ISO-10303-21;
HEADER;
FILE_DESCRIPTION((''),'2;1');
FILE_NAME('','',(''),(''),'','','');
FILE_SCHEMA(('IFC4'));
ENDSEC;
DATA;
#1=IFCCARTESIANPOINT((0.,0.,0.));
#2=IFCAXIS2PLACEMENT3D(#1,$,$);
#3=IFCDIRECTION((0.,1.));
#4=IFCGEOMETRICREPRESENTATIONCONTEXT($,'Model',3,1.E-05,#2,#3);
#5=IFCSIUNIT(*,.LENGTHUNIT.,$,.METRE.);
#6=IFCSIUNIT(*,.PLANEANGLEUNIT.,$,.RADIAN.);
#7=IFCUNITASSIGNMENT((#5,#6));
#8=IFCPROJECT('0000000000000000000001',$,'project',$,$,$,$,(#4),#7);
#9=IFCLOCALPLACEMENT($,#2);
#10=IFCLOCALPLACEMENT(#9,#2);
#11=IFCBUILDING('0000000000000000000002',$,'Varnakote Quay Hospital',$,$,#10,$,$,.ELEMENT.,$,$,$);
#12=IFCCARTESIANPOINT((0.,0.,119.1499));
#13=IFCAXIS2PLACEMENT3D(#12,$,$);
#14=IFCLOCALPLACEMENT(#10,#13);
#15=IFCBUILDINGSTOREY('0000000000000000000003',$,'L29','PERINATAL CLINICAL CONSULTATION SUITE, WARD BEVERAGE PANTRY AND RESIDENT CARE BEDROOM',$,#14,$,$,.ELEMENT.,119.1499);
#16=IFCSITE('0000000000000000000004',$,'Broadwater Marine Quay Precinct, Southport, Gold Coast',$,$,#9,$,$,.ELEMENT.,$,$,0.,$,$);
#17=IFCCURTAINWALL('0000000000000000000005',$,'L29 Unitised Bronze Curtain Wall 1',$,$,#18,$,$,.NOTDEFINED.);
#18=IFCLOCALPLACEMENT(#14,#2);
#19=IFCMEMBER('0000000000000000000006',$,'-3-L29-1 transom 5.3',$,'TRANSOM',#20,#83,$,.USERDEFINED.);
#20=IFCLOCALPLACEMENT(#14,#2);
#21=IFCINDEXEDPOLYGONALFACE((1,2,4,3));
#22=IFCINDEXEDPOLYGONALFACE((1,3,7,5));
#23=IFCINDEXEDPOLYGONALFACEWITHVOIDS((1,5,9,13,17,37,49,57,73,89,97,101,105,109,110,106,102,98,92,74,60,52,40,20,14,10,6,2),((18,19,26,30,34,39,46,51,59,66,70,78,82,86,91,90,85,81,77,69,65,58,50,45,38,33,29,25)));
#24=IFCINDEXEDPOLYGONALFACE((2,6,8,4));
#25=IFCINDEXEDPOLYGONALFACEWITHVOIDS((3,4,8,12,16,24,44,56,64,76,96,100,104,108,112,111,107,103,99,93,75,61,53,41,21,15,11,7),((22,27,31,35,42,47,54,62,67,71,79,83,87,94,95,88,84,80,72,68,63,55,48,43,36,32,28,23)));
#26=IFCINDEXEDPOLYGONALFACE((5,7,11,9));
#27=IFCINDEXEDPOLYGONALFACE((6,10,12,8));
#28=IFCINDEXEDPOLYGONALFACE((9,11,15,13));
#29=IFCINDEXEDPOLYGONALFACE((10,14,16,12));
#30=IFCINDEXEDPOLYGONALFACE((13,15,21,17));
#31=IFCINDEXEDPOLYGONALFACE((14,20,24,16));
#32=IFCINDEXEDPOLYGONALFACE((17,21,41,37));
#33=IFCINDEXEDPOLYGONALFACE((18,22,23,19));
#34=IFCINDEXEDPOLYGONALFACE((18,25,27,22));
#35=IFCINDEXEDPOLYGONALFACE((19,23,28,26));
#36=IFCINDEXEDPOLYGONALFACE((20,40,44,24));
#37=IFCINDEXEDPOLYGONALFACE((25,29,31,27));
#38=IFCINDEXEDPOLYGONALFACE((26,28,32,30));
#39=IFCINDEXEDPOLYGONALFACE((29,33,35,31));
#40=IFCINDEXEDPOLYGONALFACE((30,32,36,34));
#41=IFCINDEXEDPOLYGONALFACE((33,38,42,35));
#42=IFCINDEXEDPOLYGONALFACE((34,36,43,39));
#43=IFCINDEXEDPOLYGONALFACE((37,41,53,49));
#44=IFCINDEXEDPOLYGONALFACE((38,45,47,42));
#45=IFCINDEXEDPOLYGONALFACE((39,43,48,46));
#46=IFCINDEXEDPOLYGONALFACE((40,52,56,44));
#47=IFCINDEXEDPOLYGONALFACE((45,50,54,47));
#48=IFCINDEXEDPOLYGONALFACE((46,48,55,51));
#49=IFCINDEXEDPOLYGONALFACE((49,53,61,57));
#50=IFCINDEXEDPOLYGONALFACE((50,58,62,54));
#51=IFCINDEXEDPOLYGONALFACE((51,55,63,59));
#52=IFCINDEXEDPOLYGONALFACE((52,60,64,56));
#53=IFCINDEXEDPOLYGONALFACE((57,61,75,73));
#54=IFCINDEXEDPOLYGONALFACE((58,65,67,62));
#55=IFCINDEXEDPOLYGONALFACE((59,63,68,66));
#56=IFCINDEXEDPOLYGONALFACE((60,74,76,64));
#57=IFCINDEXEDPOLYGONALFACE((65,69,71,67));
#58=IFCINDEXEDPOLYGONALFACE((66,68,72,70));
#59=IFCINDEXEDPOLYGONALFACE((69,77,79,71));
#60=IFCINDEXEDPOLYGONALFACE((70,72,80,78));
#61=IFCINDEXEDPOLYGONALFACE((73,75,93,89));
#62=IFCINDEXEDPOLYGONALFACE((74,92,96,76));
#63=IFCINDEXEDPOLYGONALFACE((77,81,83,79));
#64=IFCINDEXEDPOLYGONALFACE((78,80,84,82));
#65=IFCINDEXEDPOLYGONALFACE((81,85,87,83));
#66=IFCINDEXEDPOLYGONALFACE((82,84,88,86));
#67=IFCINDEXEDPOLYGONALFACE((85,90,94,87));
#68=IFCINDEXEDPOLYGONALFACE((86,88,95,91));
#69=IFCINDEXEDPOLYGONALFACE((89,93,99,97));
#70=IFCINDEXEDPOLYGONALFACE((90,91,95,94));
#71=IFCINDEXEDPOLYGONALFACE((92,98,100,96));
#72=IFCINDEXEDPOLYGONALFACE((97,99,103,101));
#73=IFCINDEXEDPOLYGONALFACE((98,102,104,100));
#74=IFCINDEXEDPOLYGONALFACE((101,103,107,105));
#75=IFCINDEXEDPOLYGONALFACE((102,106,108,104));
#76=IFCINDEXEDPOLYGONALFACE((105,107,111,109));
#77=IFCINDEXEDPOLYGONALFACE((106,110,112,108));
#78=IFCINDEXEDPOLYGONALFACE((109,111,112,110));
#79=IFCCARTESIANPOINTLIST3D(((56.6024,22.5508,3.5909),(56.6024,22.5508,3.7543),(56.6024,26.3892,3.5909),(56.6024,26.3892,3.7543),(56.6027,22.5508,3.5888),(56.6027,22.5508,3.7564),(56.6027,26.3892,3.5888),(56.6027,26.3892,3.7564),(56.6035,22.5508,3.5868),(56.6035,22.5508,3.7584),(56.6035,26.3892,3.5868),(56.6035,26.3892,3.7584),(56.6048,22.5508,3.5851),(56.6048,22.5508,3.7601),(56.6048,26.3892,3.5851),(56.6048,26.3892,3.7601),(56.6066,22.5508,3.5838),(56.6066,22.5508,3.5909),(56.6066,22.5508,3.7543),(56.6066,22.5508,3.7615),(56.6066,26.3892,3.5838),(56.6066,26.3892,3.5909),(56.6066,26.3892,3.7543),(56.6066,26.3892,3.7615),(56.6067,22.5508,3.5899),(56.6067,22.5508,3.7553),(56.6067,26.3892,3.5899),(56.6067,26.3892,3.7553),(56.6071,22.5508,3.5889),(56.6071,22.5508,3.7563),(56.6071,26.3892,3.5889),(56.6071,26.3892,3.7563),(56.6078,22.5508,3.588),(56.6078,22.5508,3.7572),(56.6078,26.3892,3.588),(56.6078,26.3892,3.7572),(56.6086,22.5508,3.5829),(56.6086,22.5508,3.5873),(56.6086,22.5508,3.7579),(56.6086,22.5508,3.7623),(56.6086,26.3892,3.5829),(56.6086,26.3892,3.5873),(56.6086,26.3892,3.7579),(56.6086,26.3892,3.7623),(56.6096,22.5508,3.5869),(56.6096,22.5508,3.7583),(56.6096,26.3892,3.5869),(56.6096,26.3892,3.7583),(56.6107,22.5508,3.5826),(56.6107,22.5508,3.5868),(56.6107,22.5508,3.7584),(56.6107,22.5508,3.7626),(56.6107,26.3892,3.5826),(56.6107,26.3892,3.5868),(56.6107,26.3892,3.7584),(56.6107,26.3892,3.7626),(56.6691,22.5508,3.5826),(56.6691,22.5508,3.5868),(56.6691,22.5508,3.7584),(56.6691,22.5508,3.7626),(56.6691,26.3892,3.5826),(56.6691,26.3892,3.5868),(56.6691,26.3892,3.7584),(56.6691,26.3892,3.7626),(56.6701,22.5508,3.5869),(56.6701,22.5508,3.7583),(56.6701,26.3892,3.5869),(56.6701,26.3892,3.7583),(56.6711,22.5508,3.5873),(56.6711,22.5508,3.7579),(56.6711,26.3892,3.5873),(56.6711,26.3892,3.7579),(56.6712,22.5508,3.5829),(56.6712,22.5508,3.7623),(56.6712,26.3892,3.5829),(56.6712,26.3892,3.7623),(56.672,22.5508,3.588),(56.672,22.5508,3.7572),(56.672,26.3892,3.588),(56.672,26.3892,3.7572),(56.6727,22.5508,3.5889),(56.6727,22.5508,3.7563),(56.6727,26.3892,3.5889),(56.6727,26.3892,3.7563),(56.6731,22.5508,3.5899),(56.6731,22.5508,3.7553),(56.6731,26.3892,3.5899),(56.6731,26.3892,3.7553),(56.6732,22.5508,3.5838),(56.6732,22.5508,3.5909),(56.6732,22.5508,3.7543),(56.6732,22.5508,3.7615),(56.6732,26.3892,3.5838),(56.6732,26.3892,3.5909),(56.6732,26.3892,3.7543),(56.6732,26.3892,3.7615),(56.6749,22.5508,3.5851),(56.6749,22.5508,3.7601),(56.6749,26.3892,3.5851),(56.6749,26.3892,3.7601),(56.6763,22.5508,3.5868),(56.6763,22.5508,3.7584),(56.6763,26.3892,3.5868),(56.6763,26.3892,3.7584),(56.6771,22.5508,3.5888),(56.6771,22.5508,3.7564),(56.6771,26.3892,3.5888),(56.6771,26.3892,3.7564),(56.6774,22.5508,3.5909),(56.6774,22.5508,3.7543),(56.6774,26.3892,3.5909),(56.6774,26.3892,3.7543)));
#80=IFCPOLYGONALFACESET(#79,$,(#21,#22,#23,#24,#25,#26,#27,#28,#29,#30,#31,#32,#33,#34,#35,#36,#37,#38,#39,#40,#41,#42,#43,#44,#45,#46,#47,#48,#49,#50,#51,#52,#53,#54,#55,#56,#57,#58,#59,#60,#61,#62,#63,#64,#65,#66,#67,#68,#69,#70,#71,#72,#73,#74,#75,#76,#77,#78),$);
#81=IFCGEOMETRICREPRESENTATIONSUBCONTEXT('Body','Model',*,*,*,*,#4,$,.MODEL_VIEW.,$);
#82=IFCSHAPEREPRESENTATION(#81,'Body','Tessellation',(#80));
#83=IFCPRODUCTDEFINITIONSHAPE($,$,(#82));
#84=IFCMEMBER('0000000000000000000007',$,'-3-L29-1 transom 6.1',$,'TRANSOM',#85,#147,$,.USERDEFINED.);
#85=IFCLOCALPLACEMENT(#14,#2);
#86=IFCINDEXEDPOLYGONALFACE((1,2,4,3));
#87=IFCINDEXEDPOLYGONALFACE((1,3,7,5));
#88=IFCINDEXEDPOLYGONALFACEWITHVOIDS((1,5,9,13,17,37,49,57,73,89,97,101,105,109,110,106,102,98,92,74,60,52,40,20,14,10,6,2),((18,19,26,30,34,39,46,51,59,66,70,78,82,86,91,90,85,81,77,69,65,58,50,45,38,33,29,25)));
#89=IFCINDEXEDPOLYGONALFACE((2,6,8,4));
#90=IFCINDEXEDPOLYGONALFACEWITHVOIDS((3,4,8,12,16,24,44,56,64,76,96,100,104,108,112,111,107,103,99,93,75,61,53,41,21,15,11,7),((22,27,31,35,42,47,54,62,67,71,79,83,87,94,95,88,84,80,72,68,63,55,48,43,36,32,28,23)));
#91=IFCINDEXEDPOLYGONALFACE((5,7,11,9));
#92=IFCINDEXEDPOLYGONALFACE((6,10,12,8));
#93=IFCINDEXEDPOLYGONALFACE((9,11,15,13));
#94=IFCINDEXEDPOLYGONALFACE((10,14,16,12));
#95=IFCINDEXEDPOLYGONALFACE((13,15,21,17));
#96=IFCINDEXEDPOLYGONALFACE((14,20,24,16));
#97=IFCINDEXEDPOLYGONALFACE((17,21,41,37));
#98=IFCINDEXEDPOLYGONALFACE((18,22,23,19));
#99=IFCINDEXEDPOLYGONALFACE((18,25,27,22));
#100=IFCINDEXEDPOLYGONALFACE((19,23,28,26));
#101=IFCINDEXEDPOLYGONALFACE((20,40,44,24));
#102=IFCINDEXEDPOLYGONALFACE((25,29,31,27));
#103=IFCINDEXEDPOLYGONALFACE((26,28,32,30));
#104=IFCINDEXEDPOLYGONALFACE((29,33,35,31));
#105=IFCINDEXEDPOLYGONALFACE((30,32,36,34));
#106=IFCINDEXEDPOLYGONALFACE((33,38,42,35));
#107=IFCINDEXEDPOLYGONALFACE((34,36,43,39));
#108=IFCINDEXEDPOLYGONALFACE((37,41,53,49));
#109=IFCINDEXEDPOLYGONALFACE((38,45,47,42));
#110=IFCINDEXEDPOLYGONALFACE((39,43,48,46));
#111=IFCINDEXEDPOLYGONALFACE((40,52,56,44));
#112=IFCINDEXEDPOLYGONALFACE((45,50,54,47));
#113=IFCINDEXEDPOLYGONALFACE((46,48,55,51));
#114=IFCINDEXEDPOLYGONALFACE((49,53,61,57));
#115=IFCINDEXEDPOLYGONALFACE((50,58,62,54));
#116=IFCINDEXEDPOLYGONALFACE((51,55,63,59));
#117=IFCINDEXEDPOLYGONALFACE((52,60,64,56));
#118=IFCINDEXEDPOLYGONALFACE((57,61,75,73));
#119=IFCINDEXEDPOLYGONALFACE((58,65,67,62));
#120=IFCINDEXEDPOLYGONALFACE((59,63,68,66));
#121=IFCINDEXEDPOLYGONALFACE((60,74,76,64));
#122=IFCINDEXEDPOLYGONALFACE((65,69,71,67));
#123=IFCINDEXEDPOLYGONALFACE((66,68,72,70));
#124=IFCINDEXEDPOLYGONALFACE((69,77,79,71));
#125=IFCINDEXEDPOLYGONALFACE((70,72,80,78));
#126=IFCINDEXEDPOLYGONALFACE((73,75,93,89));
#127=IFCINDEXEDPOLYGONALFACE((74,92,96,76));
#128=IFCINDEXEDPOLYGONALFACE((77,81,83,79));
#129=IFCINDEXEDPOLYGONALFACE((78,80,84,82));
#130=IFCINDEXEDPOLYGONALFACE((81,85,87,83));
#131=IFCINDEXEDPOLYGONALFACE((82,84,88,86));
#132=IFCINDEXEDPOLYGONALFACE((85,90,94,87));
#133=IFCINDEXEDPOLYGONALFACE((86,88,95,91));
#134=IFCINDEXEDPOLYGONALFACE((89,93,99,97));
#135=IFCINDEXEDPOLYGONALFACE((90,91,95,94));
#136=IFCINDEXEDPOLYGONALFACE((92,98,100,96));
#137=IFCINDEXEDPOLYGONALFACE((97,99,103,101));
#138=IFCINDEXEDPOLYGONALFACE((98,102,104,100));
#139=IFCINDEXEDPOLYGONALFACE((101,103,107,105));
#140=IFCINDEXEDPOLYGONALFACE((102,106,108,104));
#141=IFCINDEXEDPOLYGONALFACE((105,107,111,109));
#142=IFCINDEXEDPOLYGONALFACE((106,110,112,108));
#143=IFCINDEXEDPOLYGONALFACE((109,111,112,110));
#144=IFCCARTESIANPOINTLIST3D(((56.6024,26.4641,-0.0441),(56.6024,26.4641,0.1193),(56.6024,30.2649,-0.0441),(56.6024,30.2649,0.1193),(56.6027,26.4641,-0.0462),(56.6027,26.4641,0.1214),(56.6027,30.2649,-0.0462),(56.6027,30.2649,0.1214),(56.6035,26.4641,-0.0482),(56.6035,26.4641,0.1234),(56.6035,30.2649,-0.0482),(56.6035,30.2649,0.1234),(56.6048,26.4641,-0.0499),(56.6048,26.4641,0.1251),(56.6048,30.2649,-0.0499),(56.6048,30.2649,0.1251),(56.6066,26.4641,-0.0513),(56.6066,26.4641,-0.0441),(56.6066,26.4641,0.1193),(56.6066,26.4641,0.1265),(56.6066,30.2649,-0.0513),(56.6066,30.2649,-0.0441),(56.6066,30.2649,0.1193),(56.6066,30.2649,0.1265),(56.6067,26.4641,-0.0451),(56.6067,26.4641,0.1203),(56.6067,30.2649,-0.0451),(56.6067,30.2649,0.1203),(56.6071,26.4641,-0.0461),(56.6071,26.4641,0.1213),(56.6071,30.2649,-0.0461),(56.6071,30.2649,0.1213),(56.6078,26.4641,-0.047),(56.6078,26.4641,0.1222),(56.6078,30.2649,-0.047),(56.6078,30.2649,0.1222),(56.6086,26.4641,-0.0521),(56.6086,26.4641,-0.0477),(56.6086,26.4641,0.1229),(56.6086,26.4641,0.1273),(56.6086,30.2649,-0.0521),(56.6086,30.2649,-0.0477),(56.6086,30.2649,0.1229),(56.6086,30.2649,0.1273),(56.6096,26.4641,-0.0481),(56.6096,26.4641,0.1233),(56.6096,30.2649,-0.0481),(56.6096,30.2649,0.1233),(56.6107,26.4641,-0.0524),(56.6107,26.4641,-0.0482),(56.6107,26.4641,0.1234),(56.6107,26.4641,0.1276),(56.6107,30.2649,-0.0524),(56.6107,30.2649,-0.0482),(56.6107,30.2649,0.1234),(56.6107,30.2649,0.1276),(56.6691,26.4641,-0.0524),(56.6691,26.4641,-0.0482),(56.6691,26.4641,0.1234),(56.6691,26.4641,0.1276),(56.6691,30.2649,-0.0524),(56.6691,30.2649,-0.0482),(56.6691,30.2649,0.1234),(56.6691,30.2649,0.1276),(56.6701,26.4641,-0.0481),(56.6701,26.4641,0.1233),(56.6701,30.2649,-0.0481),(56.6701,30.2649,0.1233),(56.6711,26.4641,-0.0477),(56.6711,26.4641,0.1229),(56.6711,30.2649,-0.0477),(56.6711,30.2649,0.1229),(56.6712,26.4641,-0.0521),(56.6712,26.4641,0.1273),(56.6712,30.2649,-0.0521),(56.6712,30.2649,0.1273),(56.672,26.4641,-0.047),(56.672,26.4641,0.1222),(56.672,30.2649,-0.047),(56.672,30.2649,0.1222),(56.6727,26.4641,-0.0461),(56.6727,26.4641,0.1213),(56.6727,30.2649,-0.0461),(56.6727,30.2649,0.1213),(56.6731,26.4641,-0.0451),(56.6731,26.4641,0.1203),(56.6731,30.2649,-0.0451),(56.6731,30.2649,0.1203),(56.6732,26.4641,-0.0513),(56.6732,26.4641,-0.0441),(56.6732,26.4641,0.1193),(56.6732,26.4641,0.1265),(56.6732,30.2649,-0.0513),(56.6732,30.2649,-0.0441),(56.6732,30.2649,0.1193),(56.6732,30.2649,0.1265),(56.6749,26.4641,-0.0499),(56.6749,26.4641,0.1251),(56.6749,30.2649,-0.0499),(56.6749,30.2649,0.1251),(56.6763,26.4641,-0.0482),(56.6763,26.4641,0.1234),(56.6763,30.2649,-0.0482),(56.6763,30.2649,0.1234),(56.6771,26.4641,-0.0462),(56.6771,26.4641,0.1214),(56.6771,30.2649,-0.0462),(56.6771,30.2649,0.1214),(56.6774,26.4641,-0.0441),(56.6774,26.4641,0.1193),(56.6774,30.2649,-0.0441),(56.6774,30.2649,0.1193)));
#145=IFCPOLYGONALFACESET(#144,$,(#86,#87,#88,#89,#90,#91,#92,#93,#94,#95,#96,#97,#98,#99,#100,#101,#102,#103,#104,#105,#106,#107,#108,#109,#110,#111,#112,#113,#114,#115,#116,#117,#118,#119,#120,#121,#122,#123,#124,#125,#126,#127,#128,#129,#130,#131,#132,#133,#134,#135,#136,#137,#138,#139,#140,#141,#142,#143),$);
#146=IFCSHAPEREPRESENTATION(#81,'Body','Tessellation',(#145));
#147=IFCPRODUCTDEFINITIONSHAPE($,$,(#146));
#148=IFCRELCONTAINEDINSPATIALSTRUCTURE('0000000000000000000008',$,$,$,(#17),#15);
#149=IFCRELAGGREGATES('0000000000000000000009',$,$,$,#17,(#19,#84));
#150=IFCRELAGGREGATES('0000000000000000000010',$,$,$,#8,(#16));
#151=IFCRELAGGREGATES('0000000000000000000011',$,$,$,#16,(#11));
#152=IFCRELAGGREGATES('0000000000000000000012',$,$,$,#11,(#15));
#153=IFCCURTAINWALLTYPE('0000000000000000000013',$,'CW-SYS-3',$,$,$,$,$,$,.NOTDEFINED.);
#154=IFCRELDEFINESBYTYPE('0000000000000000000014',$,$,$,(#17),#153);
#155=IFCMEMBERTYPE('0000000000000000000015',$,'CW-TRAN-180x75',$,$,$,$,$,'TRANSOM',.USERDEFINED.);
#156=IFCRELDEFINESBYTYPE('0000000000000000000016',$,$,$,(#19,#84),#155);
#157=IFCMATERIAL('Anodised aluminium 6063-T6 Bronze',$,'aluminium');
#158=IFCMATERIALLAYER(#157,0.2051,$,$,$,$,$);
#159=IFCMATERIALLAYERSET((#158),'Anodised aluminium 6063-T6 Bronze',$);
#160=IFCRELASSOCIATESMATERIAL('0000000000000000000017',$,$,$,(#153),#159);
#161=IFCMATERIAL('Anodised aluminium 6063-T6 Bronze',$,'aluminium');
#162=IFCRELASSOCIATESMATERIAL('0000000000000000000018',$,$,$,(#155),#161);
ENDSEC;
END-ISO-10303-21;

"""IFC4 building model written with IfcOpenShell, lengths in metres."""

from ifc_helpers import new_model, si_unit, direction, frame, origin, origin_2d, place, context, subcontext, project, spatial, hollow_rectangle, extrude, material, layer, layer_set, material_profile, profile_set, type_object, element, aggregate, save


model = new_model("IFC4")

# Units and contexts
model_context = context("Model", 3, precision=1e-05, world=origin(), true_north=direction((0.0, 1.0)))
body_context = subcontext(model_context, "Body", "Model", "MODEL_VIEW")
ifc_project = project(units=[si_unit("LENGTHUNIT", "METRE"), si_unit("PLANEANGLEUNIT", "RADIAN")], contexts=[model_context])

# Site, building, storey
site_placement = place(None, origin())
site = spatial("IfcSite", under=ifc_project, at=site_placement, Name="Broadwater Marine Quay Precinct, Southport, Gold Coast", CompositionType="ELEMENT", RefElevation=0.0)
building_placement = place(site_placement, origin())
building = spatial("IfcBuilding", under=site, at=building_placement, Name="Varnakote Quay Hospital", CompositionType="ELEMENT")
storey_placement = place(building_placement, frame((0.0, 0.0, 119.1499)))
storey = spatial("IfcBuildingStorey", under=building, at=storey_placement, Name="L29", Description="PERINATAL CLINICAL CONSULTATION SUITE, WARD BEVERAGE PANTRY AND RESIDENT CARE BEDROOM", CompositionType="ELEMENT", Elevation=119.1499)

# Curtain wall, members
ifc_material_1 = material(Name="Anodised aluminium 6063-T6 Bronze", Category="aluminium")
ifc_layer_1 = layer(ifc_material_1, 0.2051)
ifc_layer_set_1 = layer_set([ifc_layer_1], Name="Anodised aluminium 6063-T6 Bronze")
curtain_wall_type = type_object("IfcCurtainWallType", Name="CW-SYS-3", PredefinedType="NOTDEFINED", material=ifc_layer_set_1)
curtain_wall_placement = place(storey_placement, origin())
curtain_wall = element("IfcCurtainWall", 1, at=curtain_wall_placement, inside=storey, type_object=curtain_wall_type, Name="L29 Unitised Bronze Curtain Wall 1", PredefinedType="NOTDEFINED")
ifc_material_2 = material(Name="Anodised aluminium 6063-T6 Bronze", Category="aluminium")
ifc_material_profile_1 = material_profile(ifc_material_2, hollow_rectangle(XDim=0.075, YDim=0.1799, WallThickness=0.0042, InnerFilletRadius=0.0042, OuterFilletRadius=0.0083, at=origin_2d()), Name="CW-TRAN-180x75")
ifc_profile_set_1 = profile_set([ifc_material_profile_1], Name="Anodised aluminium 6063-T6 Bronze")
member_type_1 = type_object("IfcMemberType", Name="CW-TRAN-180x75", ElementType="TRANSOM", PredefinedType="USERDEFINED", material=ifc_profile_set_1)
member_1_placement = place(storey_placement, frame((56.6399, 22.5508, 3.6726), z_axis=(0.0, 1.0, 0.0), x_axis=(-1.0, 0.0, 0.0)))
member_1 = element("IfcMember", 2, at=member_1_placement, type_object=member_type_1, Name="-3-L29-1 transom 5.3", ObjectType="TRANSOM", PredefinedType="USERDEFINED", context=body_context, shape_type="SweptSolid", body=[
    extrude(hollow_rectangle(XDim=0.075, YDim=0.1799, WallThickness=0.0042, InnerFilletRadius=0.0042, OuterFilletRadius=0.0083, at=origin_2d()), origin(), (0.0, 0.0, 1.0), 3.8384),
])
member_2_placement = place(storey_placement, frame((56.6399, 26.4641, 0.0376), z_axis=(0.0, 1.0, 0.0), x_axis=(-1.0, 0.0, 0.0)))
member_2 = element("IfcMember", 3, at=member_2_placement, type_object=member_type_1, Name="-3-L29-1 transom 6.1", ObjectType="TRANSOM", PredefinedType="USERDEFINED", context=body_context, shape_type="SweptSolid", body=[
    extrude(hollow_rectangle(XDim=0.075, YDim=0.1799, WallThickness=0.0042, InnerFilletRadius=0.0042, OuterFilletRadius=0.0083, at=origin_2d()), origin(), (0.0, 0.0, 1.0), 3.8008),
])
aggregate(curtain_wall, [member_1, member_2])

save(model, "model.ifc")
